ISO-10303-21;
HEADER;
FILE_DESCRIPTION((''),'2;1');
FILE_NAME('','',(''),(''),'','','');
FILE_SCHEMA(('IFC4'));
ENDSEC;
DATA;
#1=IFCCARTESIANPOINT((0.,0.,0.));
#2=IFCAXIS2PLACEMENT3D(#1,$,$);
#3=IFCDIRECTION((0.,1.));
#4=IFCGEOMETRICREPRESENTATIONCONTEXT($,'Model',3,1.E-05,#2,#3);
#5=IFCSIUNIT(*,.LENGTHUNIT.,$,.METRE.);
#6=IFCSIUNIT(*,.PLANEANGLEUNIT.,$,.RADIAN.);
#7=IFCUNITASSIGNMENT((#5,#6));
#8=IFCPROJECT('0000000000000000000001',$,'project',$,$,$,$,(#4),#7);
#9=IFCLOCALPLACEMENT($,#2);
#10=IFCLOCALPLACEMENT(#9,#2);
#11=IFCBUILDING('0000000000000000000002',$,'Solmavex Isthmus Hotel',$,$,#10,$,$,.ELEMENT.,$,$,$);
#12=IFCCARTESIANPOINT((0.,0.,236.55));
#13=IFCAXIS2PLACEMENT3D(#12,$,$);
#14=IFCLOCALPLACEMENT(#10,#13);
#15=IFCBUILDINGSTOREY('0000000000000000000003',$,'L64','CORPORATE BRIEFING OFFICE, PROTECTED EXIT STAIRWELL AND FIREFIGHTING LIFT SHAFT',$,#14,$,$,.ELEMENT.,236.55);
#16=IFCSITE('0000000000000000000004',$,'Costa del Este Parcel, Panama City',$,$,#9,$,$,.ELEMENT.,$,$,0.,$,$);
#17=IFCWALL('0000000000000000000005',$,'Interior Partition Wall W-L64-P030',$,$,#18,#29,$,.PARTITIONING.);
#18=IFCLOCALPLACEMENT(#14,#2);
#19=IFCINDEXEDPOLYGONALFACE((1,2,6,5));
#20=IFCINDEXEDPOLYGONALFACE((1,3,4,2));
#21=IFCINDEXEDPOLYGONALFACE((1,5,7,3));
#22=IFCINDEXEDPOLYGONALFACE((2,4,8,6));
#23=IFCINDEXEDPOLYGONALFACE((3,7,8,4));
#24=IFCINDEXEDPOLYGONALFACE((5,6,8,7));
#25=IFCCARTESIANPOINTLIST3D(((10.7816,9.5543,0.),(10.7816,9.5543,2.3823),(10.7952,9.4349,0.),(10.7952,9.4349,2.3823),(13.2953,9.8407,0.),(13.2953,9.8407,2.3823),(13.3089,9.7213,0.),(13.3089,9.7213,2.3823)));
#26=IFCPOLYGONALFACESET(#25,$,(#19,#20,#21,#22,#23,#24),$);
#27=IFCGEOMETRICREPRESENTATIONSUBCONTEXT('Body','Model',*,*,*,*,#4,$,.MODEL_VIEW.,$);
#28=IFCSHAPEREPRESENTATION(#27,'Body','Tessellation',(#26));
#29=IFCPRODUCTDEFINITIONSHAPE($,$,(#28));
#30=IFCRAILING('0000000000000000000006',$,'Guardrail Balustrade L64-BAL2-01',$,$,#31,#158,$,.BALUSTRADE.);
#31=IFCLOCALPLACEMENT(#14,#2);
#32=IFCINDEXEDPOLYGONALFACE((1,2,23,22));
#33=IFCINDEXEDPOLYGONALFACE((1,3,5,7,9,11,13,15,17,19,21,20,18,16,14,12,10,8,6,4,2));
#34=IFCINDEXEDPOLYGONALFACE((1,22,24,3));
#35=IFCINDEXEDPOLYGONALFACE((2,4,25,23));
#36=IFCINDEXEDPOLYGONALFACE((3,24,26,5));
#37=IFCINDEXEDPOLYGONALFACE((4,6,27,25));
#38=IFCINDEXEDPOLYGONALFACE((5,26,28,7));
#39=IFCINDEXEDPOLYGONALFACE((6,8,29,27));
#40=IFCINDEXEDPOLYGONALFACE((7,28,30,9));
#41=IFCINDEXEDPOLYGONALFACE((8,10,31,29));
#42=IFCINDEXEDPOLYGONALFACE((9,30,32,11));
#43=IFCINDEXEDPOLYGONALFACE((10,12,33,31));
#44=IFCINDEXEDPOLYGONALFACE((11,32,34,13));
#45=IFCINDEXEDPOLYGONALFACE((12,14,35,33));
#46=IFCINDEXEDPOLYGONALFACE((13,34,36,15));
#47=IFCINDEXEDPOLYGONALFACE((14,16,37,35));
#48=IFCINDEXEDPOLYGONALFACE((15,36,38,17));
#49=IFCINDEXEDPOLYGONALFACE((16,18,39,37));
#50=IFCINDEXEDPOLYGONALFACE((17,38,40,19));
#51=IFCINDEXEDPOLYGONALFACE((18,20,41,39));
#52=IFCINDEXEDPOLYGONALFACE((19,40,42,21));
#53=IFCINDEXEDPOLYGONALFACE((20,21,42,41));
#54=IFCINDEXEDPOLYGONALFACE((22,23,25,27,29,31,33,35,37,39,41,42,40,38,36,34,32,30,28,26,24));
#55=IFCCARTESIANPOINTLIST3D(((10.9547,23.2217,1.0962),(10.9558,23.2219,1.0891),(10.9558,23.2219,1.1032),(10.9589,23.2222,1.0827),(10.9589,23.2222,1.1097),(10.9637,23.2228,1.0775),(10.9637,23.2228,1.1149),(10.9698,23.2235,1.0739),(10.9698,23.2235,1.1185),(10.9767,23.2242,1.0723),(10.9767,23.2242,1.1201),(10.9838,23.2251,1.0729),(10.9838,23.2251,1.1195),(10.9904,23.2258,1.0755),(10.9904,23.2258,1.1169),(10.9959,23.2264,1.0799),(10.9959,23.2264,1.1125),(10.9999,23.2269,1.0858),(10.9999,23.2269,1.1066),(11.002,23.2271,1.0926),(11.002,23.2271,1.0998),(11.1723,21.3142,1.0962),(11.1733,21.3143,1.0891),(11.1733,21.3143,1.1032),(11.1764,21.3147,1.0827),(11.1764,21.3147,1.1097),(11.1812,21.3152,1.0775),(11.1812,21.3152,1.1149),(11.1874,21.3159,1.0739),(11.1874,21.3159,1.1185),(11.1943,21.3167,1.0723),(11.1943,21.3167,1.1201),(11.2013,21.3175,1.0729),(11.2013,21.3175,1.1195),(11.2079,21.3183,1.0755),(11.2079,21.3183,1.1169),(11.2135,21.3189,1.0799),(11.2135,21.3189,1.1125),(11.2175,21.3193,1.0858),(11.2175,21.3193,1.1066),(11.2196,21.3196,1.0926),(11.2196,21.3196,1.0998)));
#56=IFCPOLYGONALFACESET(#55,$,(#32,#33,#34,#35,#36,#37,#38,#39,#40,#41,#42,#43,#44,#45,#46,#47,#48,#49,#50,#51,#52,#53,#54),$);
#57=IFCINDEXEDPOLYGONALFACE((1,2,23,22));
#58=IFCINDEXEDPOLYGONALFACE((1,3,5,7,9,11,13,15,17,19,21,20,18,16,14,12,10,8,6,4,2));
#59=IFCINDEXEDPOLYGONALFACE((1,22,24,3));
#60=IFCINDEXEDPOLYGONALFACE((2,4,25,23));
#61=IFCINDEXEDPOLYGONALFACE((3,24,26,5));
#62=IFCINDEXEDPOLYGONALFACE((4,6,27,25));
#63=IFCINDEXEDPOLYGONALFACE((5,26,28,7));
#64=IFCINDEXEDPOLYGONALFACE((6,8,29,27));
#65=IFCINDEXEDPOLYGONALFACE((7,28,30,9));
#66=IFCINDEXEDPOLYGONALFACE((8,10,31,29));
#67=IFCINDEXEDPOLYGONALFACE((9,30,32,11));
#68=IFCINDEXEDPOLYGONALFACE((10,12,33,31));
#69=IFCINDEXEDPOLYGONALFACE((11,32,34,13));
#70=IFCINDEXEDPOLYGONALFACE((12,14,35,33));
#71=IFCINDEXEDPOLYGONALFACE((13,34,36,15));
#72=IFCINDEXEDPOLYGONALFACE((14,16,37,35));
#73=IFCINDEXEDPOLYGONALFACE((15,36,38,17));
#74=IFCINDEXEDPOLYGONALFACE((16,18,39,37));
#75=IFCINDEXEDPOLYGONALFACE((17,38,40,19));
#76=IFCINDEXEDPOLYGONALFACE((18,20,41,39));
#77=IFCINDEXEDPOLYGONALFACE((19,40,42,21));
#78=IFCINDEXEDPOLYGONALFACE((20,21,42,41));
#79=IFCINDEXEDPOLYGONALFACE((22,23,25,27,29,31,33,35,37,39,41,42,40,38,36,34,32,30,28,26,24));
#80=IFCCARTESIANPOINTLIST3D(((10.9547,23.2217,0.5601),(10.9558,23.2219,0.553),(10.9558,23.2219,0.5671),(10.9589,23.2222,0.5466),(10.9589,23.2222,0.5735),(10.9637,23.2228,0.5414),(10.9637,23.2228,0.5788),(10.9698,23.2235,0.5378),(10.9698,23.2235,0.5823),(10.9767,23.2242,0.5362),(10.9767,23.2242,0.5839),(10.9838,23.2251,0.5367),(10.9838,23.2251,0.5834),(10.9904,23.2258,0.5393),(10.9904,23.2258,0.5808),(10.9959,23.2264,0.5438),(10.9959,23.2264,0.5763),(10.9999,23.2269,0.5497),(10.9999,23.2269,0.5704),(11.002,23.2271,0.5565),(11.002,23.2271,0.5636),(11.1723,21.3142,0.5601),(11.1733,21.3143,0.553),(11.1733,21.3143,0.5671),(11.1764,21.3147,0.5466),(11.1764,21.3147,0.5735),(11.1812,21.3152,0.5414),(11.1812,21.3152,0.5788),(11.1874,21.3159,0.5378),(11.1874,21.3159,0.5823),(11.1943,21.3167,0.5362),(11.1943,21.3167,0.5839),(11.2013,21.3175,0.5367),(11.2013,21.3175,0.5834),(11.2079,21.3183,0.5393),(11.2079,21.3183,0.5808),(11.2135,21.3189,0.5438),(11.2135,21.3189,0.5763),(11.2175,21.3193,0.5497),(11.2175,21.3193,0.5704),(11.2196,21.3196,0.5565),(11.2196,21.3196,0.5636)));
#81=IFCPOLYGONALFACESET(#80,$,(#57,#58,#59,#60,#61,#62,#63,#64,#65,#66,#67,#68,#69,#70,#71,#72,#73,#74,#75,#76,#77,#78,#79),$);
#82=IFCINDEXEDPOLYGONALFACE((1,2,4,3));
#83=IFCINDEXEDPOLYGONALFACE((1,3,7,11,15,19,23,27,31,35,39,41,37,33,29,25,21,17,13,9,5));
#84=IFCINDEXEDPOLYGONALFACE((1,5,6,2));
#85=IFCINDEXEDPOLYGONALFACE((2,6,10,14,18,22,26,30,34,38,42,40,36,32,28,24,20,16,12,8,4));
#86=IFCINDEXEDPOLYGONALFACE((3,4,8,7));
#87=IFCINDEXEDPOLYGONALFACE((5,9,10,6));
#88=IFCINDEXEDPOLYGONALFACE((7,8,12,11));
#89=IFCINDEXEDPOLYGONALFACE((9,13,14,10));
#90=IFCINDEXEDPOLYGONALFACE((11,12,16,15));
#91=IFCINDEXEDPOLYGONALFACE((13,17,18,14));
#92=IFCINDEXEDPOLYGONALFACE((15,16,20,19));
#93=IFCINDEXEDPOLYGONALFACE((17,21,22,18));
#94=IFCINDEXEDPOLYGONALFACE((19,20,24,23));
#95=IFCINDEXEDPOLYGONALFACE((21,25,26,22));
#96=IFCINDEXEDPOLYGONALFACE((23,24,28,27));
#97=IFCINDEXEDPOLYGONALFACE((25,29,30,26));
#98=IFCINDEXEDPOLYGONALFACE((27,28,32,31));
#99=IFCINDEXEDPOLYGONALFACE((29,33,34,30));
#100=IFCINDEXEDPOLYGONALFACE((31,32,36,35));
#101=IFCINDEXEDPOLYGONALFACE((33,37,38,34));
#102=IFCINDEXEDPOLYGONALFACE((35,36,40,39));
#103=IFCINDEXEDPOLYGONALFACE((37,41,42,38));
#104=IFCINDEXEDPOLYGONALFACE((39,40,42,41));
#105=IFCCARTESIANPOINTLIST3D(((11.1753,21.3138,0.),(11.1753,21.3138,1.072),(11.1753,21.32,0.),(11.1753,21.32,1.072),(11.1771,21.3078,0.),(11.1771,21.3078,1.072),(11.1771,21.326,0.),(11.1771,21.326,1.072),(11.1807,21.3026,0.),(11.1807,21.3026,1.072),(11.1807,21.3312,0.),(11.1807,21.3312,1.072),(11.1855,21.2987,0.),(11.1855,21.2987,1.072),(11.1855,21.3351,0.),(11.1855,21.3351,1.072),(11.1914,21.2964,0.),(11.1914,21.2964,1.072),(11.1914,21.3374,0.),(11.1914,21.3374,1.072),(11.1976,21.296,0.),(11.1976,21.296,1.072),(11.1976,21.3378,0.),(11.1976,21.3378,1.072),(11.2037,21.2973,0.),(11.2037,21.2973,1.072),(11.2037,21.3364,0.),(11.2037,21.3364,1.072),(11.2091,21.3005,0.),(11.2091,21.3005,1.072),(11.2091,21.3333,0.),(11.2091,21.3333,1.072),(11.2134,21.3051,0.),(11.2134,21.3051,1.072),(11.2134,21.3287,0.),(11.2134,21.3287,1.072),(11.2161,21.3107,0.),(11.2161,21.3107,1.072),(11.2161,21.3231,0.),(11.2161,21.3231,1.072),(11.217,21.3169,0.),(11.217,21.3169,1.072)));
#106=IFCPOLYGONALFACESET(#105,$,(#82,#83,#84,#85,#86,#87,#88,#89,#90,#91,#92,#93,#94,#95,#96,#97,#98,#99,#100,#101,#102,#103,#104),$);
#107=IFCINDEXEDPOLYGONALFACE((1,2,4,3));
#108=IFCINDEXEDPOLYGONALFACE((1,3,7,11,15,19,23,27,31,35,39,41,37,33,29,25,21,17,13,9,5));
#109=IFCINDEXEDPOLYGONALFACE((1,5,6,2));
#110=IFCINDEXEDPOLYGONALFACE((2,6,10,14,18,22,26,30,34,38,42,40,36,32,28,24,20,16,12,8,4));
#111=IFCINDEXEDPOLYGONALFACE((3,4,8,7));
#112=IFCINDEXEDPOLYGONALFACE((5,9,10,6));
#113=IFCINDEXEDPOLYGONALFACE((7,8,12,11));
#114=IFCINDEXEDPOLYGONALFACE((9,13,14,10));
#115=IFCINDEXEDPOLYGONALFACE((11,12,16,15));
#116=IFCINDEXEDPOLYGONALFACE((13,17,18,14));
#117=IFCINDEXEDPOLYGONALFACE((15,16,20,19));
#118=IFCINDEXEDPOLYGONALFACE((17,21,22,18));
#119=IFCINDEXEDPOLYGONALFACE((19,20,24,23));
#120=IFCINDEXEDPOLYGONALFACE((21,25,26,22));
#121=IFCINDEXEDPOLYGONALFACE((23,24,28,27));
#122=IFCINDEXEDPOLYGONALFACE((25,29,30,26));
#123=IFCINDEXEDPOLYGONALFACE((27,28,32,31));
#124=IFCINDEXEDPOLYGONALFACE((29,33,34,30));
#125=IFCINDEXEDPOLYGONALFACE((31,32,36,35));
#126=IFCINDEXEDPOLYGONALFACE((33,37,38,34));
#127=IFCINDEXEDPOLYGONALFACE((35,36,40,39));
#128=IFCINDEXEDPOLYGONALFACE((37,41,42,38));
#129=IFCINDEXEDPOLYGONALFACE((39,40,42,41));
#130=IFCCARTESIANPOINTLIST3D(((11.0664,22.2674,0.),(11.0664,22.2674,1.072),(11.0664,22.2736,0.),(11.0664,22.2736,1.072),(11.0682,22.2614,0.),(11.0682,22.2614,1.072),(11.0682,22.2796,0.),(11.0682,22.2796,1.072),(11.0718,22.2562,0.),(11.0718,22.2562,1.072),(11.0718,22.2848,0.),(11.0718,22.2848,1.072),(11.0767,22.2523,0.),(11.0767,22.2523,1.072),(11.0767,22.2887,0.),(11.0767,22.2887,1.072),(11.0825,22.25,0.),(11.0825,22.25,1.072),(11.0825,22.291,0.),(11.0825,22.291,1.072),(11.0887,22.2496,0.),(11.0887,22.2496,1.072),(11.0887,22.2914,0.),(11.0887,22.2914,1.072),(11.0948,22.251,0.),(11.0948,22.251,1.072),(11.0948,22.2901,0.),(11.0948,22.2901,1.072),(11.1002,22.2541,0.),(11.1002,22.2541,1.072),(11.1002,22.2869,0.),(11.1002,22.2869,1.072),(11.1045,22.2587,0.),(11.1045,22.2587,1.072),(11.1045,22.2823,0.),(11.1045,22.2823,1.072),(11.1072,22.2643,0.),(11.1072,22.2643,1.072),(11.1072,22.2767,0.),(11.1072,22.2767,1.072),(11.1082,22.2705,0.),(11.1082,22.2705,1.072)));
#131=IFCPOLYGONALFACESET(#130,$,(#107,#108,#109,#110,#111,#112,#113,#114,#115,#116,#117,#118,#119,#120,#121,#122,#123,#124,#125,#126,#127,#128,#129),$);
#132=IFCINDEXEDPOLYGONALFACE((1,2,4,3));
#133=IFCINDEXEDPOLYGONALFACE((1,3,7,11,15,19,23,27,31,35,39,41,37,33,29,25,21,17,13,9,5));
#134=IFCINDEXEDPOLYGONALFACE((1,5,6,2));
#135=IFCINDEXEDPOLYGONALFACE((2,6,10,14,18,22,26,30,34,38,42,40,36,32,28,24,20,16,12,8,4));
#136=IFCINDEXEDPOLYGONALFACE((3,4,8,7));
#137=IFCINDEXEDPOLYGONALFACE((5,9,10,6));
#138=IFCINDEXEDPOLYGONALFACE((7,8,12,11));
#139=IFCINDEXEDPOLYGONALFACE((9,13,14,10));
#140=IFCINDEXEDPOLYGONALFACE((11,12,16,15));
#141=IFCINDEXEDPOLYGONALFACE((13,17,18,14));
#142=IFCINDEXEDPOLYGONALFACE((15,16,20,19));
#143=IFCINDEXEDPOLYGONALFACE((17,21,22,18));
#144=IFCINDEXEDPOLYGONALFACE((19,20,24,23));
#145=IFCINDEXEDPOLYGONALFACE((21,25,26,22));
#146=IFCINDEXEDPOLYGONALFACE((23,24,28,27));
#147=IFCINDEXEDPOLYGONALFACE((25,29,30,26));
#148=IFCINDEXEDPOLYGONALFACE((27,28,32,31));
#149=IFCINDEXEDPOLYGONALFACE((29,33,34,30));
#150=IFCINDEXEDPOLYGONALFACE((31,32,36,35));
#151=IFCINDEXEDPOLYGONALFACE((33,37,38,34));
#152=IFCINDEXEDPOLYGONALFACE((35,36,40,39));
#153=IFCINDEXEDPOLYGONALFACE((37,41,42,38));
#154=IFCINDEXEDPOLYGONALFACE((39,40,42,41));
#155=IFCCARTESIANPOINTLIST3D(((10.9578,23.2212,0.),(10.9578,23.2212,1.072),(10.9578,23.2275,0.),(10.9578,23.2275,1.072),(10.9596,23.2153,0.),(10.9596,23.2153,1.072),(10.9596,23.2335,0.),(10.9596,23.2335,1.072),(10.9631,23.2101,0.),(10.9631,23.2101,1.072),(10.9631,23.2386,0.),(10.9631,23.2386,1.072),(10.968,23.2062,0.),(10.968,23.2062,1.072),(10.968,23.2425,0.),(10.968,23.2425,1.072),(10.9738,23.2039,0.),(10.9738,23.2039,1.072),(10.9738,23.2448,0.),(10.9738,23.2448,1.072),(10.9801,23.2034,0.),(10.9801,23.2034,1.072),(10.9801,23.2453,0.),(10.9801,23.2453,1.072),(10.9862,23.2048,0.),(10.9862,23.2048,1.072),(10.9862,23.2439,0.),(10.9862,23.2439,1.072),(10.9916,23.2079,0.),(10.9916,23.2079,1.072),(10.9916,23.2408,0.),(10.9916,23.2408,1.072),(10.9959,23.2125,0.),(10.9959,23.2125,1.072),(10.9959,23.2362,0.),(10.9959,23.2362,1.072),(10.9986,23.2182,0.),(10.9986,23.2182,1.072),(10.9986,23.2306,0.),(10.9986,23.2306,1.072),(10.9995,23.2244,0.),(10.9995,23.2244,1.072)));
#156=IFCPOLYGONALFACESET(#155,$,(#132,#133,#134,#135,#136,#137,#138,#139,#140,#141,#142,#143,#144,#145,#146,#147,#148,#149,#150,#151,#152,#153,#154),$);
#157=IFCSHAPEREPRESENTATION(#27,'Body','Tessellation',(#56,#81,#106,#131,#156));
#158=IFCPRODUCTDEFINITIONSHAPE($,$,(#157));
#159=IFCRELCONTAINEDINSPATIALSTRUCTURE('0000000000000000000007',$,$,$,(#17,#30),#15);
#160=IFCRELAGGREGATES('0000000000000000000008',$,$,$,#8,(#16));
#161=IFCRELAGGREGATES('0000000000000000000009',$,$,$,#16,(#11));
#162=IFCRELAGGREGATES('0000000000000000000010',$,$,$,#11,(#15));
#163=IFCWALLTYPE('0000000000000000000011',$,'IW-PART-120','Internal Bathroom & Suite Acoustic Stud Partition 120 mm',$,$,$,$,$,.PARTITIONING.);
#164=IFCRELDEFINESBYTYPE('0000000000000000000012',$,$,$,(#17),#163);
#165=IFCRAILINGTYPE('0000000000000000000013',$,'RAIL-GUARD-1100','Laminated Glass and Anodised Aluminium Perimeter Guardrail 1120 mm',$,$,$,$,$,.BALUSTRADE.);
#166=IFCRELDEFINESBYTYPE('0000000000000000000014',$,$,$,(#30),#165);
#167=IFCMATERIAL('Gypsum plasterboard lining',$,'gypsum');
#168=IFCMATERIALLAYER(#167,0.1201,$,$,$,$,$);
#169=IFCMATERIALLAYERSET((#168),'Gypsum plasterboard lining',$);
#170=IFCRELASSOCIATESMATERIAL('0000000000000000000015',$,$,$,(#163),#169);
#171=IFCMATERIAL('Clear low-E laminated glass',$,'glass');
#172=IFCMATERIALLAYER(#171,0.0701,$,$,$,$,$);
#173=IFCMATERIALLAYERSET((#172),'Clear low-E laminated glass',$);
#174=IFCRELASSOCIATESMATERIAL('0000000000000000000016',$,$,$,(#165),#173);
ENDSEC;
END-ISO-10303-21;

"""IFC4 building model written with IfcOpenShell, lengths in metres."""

from ifc_helpers import new_model, si_unit, direction, frame, frame_2d, origin, origin_2d, place, context, subcontext, project, spatial, rectangle, circle, extrude, material, layer, layer_set, type_object, element, save


model = new_model("IFC4")

# Units and contexts
model_context = context("Model", 3, precision=1e-05, world=origin(), true_north=direction((0.0, 1.0)))
body_context = subcontext(model_context, "Body", "Model", "MODEL_VIEW")
ifc_project = project(units=[si_unit("LENGTHUNIT", "METRE"), si_unit("PLANEANGLEUNIT", "RADIAN")], contexts=[model_context])

# Site, building, storey
site_placement = place(None, origin())
site = spatial("IfcSite", under=ifc_project, at=site_placement, Name="Costa del Este Parcel, Panama City", CompositionType="ELEMENT", RefElevation=0.0)
building_placement = place(site_placement, origin())
building = spatial("IfcBuilding", under=site, at=building_placement, Name="Solmavex Isthmus Hotel", CompositionType="ELEMENT")
storey_placement = place(building_placement, frame((0.0, 0.0, 236.55)))
storey = spatial("IfcBuildingStorey", under=building, at=storey_placement, Name="L64", Description="CORPORATE BRIEFING OFFICE, PROTECTED EXIT STAIRWELL AND FIREFIGHTING LIFT SHAFT", CompositionType="ELEMENT", Elevation=236.55)

# Shared definitions
ifc_material_1 = material(Name="Clear low-E laminated glass", Category="glass")

# Shared definitions
ifc_material_2 = material(Name="Gypsum plasterboard lining", Category="gypsum")

# Wall
ifc_layer_1 = layer(ifc_material_2, 0.1201)
ifc_layer_set_1 = layer_set([ifc_layer_1], Name="Gypsum plasterboard lining")
wall_type_1 = type_object("IfcWallType", Name="IW-PART-120", Description="Internal Bathroom & Suite Acoustic Stud Partition 120 mm", PredefinedType="PARTITIONING", material=ifc_layer_set_1)
wall_1_placement = place(storey_placement, frame((13.3022, 9.781, 0.0), z_axis=(0.0, 0.0, 1.0), x_axis=(-0.993573, -0.113195, 0.0)))
element("IfcWall", 1, at=wall_1_placement, inside=storey, type_object=wall_type_1, Name="Interior Partition Wall W-L64-P030", PredefinedType="PARTITIONING", context=body_context, shape_type="SweptSolid", body=[
    extrude(rectangle(XDim=2.53, YDim=0.1201, at=frame_2d((1.2651, 0.0))), origin(), (0.0, 0.0, 1.0), 2.3823),
])

# Railing
ifc_layer_2 = layer(ifc_material_1, 0.0701)
ifc_layer_set_2 = layer_set([ifc_layer_2], Name="Clear low-E laminated glass")
railing_type = type_object("IfcRailingType", Name="RAIL-GUARD-1100", Description="Laminated Glass and Anodised Aluminium Perimeter Guardrail 1120 mm", PredefinedType="BALUSTRADE", material=ifc_layer_set_2)
railing_1_placement = place(storey_placement, frame((11.196, 21.3169, 0.0)))
element("IfcRailing", 2, at=railing_1_placement, inside=storey, type_object=railing_type, Name="Guardrail Balustrade L64-BAL2-01", PredefinedType="BALUSTRADE", context=body_context, shape_type="SweptSolid", body=[
    extrude(circle(Radius=0.0239, at=origin_2d()), frame((0.0, 0.0, 1.0962), z_axis=(-0.113306, 0.99356, 0.0), x_axis=(-0.99356, -0.113306, 0.0)), (0.0, 0.0, 1.0), 1.9199),
    extrude(circle(Radius=0.0239, at=origin_2d()), frame((0.0, 0.0, 0.5601), z_axis=(-0.113306, 0.99356, 0.0), x_axis=(-0.99356, -0.113306, 0.0)), (0.0, 0.0, 1.0), 1.9199),
    extrude(circle(Radius=0.021, at=origin_2d()), origin(), (0.0, 0.0, 1.0), 1.072),
    extrude(circle(Radius=0.021, at=origin_2d()), frame((-0.1089, 0.9536, 0.0)), (0.0, 0.0, 1.0), 1.072),
    extrude(circle(Radius=0.021, at=origin_2d()), frame((-0.2175, 1.9075, 0.0)), (0.0, 0.0, 1.0), 1.072),
])

save(model, "model.ifc")
